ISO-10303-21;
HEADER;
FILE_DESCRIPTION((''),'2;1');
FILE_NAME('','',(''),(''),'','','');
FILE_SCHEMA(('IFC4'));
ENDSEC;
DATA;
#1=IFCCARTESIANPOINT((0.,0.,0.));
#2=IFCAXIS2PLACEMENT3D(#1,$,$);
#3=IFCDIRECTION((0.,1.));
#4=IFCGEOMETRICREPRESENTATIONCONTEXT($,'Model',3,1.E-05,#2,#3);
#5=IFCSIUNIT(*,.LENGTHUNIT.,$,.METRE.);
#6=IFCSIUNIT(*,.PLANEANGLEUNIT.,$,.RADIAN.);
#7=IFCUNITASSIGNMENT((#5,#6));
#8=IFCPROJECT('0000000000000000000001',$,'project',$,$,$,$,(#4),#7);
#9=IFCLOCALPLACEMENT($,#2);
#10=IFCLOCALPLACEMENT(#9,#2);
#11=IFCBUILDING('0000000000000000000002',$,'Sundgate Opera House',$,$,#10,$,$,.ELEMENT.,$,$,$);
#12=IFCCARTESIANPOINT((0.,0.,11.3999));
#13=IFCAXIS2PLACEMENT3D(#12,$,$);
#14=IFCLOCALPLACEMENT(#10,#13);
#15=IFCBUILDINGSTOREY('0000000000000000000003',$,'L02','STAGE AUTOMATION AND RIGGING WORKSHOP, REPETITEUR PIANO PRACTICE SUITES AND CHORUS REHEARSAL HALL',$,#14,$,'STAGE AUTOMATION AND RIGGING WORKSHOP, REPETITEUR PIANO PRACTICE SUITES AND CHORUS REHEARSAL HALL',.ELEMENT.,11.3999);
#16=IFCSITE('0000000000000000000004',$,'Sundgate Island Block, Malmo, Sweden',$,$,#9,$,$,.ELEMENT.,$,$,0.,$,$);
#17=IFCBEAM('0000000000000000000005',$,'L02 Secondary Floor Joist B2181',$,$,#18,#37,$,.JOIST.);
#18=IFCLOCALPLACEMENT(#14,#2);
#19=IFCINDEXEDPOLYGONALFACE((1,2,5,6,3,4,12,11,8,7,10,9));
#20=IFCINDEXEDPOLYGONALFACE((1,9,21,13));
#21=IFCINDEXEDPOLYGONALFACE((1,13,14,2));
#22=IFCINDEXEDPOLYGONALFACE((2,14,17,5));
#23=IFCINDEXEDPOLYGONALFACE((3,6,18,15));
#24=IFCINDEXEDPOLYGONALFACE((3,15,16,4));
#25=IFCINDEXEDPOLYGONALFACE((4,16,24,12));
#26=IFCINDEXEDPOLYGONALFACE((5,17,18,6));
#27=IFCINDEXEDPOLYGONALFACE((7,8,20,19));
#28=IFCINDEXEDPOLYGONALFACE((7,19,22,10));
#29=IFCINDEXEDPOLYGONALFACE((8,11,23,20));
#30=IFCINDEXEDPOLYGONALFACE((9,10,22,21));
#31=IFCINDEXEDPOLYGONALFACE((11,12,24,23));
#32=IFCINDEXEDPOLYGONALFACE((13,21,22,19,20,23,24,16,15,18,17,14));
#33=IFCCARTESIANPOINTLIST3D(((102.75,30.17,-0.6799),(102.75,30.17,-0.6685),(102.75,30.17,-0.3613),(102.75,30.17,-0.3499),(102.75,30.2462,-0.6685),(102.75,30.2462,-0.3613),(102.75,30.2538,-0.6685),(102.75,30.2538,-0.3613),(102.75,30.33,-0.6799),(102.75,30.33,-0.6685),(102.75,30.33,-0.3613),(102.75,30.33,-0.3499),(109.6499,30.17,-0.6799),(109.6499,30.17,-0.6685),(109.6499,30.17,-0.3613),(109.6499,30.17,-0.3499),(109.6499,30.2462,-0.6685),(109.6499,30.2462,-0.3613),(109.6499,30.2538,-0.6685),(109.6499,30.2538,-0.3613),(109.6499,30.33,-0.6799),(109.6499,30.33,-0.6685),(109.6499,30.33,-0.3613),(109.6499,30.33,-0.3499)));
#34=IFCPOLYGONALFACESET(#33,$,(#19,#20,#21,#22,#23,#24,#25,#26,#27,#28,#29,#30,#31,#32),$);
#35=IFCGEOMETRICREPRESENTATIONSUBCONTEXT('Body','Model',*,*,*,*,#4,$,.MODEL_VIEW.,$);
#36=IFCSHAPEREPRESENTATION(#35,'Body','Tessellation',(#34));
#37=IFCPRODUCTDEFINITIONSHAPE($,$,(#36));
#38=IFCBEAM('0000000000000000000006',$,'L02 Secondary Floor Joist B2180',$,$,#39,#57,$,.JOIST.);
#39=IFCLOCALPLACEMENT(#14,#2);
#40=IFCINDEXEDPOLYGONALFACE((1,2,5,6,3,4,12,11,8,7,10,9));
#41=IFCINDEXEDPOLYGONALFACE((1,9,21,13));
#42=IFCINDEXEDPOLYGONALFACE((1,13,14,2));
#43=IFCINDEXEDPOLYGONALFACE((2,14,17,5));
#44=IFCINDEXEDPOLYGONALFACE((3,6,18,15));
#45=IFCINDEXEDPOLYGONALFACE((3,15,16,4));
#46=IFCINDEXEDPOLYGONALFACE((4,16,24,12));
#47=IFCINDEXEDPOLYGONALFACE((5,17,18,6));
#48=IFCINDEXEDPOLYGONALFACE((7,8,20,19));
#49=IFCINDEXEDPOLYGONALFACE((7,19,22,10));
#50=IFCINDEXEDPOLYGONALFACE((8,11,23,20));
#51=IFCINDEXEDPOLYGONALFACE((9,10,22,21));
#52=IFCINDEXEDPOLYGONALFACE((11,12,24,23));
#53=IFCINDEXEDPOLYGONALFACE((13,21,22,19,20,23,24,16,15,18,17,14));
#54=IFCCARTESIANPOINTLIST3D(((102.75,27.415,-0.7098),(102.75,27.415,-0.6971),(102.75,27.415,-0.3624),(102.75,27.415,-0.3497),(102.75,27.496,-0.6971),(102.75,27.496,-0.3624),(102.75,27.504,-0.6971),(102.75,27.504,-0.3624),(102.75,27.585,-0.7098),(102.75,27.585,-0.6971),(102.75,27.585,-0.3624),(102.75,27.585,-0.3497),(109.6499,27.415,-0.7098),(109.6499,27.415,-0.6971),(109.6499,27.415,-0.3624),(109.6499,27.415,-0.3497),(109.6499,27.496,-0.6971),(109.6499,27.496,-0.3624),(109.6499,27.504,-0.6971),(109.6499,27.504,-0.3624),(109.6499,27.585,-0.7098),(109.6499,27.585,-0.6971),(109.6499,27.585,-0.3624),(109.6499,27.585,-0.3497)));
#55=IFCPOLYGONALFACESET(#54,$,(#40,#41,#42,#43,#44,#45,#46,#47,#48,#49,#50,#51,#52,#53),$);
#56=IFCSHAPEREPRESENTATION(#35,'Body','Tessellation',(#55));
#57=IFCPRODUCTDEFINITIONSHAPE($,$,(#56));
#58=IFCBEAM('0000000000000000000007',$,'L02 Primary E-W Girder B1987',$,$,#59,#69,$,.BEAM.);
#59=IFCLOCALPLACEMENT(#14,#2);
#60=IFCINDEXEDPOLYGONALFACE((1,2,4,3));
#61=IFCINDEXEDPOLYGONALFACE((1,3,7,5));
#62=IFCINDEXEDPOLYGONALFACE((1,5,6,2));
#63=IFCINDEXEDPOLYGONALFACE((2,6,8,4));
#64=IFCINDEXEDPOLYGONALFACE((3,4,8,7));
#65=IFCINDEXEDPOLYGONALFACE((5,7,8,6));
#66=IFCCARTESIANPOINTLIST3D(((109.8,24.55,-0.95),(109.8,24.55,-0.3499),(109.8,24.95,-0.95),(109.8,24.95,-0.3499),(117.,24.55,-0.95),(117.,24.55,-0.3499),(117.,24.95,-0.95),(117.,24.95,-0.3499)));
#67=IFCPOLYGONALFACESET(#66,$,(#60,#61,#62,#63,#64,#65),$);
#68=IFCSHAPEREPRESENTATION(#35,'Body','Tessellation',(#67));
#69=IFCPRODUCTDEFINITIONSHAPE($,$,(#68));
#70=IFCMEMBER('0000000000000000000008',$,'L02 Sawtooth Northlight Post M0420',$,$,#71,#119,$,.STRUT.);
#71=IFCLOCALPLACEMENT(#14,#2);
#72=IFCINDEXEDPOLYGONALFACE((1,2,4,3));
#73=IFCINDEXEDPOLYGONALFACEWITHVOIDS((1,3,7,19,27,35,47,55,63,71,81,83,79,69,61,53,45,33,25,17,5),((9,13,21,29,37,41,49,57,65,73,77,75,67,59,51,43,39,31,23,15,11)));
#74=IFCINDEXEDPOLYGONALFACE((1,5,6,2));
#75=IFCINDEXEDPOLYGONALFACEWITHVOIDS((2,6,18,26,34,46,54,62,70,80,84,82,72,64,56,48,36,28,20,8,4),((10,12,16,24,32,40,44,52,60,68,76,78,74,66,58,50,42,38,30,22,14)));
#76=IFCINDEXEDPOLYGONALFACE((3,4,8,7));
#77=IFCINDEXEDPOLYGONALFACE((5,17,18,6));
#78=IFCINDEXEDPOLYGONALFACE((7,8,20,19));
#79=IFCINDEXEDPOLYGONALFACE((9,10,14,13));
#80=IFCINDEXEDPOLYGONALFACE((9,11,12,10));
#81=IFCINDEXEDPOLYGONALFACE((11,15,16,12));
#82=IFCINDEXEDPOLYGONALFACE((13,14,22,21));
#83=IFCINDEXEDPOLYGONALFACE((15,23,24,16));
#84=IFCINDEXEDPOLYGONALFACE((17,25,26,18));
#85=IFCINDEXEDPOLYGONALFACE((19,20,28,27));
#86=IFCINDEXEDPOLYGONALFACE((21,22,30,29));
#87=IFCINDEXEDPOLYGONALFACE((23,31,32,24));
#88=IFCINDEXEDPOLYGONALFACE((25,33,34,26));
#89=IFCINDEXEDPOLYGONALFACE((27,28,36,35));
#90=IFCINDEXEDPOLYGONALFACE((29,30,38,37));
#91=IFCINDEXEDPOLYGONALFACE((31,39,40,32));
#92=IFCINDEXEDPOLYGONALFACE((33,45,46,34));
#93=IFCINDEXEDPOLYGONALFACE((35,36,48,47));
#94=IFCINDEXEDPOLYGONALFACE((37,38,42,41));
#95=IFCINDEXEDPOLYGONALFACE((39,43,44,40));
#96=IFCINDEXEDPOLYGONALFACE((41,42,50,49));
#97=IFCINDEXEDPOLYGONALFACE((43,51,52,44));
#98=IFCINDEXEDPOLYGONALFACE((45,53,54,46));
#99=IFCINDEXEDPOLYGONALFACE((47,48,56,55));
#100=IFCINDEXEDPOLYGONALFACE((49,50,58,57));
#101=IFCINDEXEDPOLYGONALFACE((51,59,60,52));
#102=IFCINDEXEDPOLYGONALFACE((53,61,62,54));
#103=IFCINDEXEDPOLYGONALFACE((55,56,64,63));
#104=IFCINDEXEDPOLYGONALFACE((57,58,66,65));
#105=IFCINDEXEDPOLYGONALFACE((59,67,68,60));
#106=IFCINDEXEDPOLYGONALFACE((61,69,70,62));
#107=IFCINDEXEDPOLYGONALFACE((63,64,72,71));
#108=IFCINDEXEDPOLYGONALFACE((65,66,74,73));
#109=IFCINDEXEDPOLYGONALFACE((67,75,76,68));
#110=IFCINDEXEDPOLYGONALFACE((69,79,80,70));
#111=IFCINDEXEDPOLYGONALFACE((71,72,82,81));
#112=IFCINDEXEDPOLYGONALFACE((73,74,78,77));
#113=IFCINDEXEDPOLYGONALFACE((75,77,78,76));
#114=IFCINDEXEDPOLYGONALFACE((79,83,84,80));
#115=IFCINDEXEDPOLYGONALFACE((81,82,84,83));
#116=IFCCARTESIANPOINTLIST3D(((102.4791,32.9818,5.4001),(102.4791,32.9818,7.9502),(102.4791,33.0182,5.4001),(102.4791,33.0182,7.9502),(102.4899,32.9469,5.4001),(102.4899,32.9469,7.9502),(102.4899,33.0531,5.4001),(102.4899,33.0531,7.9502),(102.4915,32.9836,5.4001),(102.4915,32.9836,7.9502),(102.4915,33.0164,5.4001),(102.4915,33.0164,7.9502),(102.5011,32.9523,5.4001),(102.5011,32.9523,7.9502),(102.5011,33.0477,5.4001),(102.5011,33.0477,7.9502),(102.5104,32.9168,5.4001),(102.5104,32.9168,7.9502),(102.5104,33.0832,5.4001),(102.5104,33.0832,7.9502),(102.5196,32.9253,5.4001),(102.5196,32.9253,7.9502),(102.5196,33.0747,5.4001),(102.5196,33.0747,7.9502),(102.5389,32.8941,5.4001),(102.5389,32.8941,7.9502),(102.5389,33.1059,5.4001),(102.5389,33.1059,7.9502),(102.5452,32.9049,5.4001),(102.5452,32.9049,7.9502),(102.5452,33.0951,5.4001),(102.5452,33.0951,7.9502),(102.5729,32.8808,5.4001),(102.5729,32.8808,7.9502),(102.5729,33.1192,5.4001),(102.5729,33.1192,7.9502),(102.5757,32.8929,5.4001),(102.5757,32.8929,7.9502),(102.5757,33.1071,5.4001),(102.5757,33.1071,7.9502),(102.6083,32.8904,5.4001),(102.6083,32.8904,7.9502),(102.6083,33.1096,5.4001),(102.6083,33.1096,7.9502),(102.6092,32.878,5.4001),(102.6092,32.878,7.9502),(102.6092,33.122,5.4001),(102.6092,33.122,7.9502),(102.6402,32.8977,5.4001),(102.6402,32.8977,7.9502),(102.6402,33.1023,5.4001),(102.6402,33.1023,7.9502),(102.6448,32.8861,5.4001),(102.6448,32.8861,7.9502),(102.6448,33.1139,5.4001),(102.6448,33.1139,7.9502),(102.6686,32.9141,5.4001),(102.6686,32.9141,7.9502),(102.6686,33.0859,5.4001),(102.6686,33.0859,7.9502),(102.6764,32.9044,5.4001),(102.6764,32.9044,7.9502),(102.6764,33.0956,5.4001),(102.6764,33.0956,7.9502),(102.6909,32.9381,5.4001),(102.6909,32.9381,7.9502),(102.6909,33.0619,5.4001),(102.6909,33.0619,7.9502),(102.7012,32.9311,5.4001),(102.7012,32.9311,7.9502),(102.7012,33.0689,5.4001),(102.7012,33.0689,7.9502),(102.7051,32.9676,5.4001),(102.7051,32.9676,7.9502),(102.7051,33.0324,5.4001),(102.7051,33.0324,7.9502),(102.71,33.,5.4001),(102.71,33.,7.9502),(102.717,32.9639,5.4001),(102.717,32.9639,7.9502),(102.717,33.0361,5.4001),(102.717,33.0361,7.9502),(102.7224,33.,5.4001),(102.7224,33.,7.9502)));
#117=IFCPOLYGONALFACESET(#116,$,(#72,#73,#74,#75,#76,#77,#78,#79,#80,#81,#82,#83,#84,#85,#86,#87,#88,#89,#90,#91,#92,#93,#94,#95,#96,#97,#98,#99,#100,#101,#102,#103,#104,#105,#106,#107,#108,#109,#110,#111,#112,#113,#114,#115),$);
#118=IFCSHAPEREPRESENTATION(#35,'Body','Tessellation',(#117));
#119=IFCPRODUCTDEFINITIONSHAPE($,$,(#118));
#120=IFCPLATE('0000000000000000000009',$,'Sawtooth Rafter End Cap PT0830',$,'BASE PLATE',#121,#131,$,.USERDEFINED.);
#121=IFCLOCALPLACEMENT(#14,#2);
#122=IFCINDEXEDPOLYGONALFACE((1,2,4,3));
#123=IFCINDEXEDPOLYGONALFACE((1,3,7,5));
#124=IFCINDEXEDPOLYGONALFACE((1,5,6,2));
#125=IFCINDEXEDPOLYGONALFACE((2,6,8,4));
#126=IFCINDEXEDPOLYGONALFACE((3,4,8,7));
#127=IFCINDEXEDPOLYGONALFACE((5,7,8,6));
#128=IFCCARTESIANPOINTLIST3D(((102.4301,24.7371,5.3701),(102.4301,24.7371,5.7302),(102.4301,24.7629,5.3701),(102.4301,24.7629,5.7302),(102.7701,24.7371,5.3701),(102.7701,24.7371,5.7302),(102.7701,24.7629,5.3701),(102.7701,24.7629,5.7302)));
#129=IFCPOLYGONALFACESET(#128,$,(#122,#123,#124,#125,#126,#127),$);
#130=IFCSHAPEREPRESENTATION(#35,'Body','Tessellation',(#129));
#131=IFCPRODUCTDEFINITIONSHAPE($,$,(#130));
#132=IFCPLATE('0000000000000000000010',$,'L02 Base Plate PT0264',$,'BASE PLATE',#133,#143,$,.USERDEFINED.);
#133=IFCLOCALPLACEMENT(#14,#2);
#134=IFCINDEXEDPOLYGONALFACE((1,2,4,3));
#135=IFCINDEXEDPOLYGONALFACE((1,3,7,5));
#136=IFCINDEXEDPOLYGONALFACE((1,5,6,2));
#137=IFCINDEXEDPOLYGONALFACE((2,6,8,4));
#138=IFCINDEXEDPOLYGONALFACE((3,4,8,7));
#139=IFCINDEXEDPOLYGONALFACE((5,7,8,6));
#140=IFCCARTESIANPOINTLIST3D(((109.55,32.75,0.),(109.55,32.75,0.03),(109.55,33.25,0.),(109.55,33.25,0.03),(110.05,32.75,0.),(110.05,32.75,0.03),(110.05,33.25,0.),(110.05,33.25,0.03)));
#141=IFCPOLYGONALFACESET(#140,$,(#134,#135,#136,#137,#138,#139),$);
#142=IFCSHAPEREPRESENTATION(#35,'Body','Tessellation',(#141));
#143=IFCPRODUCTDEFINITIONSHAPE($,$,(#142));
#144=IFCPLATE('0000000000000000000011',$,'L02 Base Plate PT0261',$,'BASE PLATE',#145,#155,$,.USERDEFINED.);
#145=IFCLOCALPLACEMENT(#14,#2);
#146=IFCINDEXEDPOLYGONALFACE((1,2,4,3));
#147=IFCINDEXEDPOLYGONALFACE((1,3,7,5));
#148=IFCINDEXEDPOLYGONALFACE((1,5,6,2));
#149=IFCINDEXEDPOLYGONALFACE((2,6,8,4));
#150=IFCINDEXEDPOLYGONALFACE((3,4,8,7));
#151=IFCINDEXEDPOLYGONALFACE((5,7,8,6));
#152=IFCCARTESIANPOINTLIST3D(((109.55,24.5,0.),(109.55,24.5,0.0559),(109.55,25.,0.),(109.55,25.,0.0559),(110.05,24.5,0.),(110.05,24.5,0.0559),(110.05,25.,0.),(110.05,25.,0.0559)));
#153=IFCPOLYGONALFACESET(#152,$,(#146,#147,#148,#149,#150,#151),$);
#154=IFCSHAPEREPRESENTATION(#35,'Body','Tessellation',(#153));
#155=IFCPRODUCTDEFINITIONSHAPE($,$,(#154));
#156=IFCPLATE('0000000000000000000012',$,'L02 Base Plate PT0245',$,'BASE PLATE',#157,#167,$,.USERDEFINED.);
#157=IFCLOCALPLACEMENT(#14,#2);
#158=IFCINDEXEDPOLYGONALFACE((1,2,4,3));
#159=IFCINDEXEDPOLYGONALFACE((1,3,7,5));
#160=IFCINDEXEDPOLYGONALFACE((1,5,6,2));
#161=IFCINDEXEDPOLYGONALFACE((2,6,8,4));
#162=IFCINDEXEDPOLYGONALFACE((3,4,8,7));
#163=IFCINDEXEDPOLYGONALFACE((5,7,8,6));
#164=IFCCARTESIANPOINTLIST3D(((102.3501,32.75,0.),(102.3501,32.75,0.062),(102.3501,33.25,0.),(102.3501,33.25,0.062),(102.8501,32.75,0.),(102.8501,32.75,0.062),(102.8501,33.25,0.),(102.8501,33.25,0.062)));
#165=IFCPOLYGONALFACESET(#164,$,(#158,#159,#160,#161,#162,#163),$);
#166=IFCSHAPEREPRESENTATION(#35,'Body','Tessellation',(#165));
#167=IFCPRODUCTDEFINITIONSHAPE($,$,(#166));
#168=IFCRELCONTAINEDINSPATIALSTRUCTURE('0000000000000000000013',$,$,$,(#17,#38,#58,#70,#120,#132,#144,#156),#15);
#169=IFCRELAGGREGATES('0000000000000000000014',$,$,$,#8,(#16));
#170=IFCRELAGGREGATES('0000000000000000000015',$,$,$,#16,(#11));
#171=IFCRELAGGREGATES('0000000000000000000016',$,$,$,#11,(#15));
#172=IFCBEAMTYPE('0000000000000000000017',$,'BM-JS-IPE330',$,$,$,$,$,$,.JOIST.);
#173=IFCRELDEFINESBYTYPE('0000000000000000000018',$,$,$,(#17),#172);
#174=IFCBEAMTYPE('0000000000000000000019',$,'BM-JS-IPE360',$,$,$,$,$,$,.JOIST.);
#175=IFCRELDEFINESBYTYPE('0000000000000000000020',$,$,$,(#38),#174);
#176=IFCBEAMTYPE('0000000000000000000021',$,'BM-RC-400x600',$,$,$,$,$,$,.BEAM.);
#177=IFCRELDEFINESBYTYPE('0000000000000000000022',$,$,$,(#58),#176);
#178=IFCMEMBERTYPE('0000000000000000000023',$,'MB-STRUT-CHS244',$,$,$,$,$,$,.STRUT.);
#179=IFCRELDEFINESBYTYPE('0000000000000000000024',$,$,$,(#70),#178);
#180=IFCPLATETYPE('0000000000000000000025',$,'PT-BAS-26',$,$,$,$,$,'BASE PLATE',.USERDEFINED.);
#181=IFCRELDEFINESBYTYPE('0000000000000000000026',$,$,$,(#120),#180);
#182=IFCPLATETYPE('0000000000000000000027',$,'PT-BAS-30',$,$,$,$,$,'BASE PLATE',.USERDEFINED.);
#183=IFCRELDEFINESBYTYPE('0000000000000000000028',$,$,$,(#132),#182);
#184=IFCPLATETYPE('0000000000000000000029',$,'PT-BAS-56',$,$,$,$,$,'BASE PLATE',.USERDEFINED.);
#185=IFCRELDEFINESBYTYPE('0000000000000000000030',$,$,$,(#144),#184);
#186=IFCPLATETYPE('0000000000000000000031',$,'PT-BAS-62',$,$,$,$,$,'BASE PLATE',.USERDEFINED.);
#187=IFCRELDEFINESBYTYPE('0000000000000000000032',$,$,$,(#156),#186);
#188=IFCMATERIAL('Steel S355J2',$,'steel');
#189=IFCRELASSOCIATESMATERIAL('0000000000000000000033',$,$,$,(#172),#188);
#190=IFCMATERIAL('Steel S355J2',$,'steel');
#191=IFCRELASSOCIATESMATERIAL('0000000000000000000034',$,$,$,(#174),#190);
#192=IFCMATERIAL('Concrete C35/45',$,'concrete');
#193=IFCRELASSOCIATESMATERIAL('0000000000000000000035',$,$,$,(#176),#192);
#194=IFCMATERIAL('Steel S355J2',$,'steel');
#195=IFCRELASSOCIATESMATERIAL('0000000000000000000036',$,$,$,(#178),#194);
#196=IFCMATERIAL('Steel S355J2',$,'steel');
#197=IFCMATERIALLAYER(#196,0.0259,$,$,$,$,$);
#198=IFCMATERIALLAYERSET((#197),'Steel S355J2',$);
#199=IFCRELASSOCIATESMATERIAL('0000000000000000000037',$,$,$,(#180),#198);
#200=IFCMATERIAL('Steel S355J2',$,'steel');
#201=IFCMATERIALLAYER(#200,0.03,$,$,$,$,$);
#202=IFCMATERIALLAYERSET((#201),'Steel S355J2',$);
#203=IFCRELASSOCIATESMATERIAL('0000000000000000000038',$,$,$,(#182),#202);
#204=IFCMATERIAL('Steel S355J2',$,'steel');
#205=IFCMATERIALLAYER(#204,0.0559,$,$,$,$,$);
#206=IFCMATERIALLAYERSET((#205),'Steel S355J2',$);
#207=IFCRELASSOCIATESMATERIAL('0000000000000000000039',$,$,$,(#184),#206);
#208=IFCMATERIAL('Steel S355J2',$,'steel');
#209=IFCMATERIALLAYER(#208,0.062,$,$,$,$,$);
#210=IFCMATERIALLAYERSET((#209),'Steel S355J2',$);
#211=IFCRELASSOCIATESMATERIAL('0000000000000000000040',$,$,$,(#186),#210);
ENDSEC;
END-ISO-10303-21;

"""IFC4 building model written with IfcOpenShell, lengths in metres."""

from ifc_helpers import new_model, si_unit, direction, frame, origin, origin_2d, place, context, subcontext, project, spatial, rectangle, hollow_circle, i_section, extrude, material, layer, layer_set, material_profile, profile_set, type_object, element, save


model = new_model("IFC4")

# Units and contexts
model_context = context("Model", 3, precision=1e-05, world=origin(), true_north=direction((0.0, 1.0)))
body_context = subcontext(model_context, "Body", "Model", "MODEL_VIEW")
ifc_project = project(units=[si_unit("LENGTHUNIT", "METRE"), si_unit("PLANEANGLEUNIT", "RADIAN")], contexts=[model_context])

# Site, building, storey
site_placement = place(None, origin())
site = spatial("IfcSite", under=ifc_project, at=site_placement, Name="Sundgate Island Block, Malmo, Sweden", CompositionType="ELEMENT", RefElevation=0.0)
building_placement = place(site_placement, origin())
building = spatial("IfcBuilding", under=site, at=building_placement, Name="Sundgate Opera House", CompositionType="ELEMENT")
storey_placement = place(building_placement, frame((0.0, 0.0, 11.3999)))
storey = spatial("IfcBuildingStorey", under=building, at=storey_placement, Name="L02", Description="STAGE AUTOMATION AND RIGGING WORKSHOP, REPETITEUR PIANO PRACTICE SUITES AND CHORUS REHEARSAL HALL", LongName="STAGE AUTOMATION AND RIGGING WORKSHOP, REPETITEUR PIANO PRACTICE SUITES AND CHORUS REHEARSAL HALL", CompositionType="ELEMENT", Elevation=11.3999)

# Beams
ifc_material_1 = material(Name="Steel S355J2", Category="steel")
ifc_material_profile_1 = material_profile(ifc_material_1, i_section(OverallWidth=0.1599, OverallDepth=0.3301, WebThickness=0.0076, FlangeThickness=0.0115, at=origin_2d()), Name="IPE 330")
ifc_profile_set_1 = profile_set([ifc_material_profile_1], Name="Steel S355J2")
beam_type_1 = type_object("IfcBeamType", Name="BM-JS-IPE330", PredefinedType="JOIST", material=ifc_profile_set_1)
beam_1_placement = place(storey_placement, frame((102.75, 30.25, -0.5149), z_axis=(1.0, 0.0, 0.0), x_axis=(0.0, 1.0, 0.0)))
element("IfcBeam", 1, at=beam_1_placement, inside=storey, type_object=beam_type_1, Name="L02 Secondary Floor Joist B2181", PredefinedType="JOIST", context=body_context, shape_type="SweptSolid", body=[
    extrude(i_section(OverallWidth=0.1599, OverallDepth=0.3301, WebThickness=0.0076, FlangeThickness=0.0115, at=origin_2d()), origin(), (0.0, 0.0, 1.0), 6.8999),
])
ifc_material_2 = material(Name="Steel S355J2", Category="steel")
ifc_material_profile_2 = material_profile(ifc_material_2, i_section(OverallWidth=0.1699, OverallDepth=0.3601, WebThickness=0.0081, FlangeThickness=0.0127, at=origin_2d()), Name="IPE 360")
ifc_profile_set_2 = profile_set([ifc_material_profile_2], Name="Steel S355J2")
beam_type_2 = type_object("IfcBeamType", Name="BM-JS-IPE360", PredefinedType="JOIST", material=ifc_profile_set_2)
beam_2_placement = place(storey_placement, frame((102.75, 27.5, -0.5298), z_axis=(1.0, 0.0, 0.0), x_axis=(0.0, 1.0, 0.0)))
element("IfcBeam", 2, at=beam_2_placement, inside=storey, type_object=beam_type_2, Name="L02 Secondary Floor Joist B2180", PredefinedType="JOIST", context=body_context, shape_type="SweptSolid", body=[
    extrude(i_section(OverallWidth=0.1699, OverallDepth=0.3601, WebThickness=0.0081, FlangeThickness=0.0127, at=origin_2d()), origin(), (0.0, 0.0, 1.0), 6.8999),
])
ifc_material_3 = material(Name="Concrete C35/45", Category="concrete")
ifc_material_profile_3 = material_profile(ifc_material_3, rectangle(XDim=0.3999, YDim=0.6001, at=origin_2d()), Name="RC 400x600")
ifc_profile_set_3 = profile_set([ifc_material_profile_3], Name="Concrete C35/45")
beam_type_3 = type_object("IfcBeamType", Name="BM-RC-400x600", PredefinedType="BEAM", material=ifc_profile_set_3)
beam_3_placement = place(storey_placement, frame((109.8, 24.75, -0.6499), z_axis=(1.0, 0.0, 0.0), x_axis=(0.0, 1.0, 0.0)))
element("IfcBeam", 3, at=beam_3_placement, inside=storey, type_object=beam_type_3, Name="L02 Primary E-W Girder B1987", PredefinedType="BEAM", context=body_context, shape_type="SweptSolid", body=[
    extrude(rectangle(XDim=0.3999, YDim=0.6001, at=origin_2d()), origin(), (0.0, 0.0, 1.0), 7.2),
])

# Member
ifc_material_4 = material(Name="Steel S355J2", Category="steel")
ifc_material_profile_4 = material_profile(ifc_material_4, hollow_circle(Radius=0.1223, WallThickness=0.0125, at=origin_2d()), Name="CHS 244.5x12.5")
ifc_profile_set_4 = profile_set([ifc_material_profile_4], Name="Steel S355J2")
member_type = type_object("IfcMemberType", Name="MB-STRUT-CHS244", PredefinedType="STRUT", material=ifc_profile_set_4)
member_placement = place(storey_placement, frame((102.6001, 33.0, 5.4001), z_axis=(0.0, 0.0, 1.0), x_axis=(1.0, 0.0, 0.0)))
element("IfcMember", 4, at=member_placement, inside=storey, type_object=member_type, Name="L02 Sawtooth Northlight Post M0420", PredefinedType="STRUT", context=body_context, shape_type="SweptSolid", body=[
    extrude(hollow_circle(Radius=0.1223, WallThickness=0.0125, at=origin_2d()), origin(), (0.0, 0.0, 1.0), 2.55),
])

# Plates
ifc_material_5 = material(Name="Steel S355J2", Category="steel")
ifc_layer_1 = layer(ifc_material_5, 0.0259)
ifc_layer_set_1 = layer_set([ifc_layer_1], Name="Steel S355J2")
plate_type_1 = type_object("IfcPlateType", Name="PT-BAS-26", ElementType="BASE PLATE", PredefinedType="USERDEFINED", material=ifc_layer_set_1)
plate_1_placement = place(storey_placement, frame((102.6001, 24.75, 5.3701), z_axis=(0.0, 0.0, 1.0), x_axis=(1.0, 0.0, 0.0)))
element("IfcPlate", 5, at=plate_1_placement, inside=storey, type_object=plate_type_1, Name="Sawtooth Rafter End Cap PT0830", ObjectType="BASE PLATE", PredefinedType="USERDEFINED", context=body_context, shape_type="SweptSolid", body=[
    extrude(rectangle(XDim=0.3401, YDim=0.0259, at=origin_2d()), origin(), (0.0, 0.0, 1.0), 0.3601),
])
ifc_material_6 = material(Name="Steel S355J2", Category="steel")
ifc_layer_2 = layer(ifc_material_6, 0.03)
ifc_layer_set_2 = layer_set([ifc_layer_2], Name="Steel S355J2")
plate_type_2 = type_object("IfcPlateType", Name="PT-BAS-30", ElementType="BASE PLATE", PredefinedType="USERDEFINED", material=ifc_layer_set_2)
plate_2_placement = place(storey_placement, frame((109.8, 33.0, 0.0), z_axis=(0.0, 0.0, 1.0), x_axis=(1.0, 0.0, 0.0)))
element("IfcPlate", 6, at=plate_2_placement, inside=storey, type_object=plate_type_2, Name="L02 Base Plate PT0264", ObjectType="BASE PLATE", PredefinedType="USERDEFINED", context=body_context, shape_type="SweptSolid", body=[
    extrude(rectangle(XDim=0.5, YDim=0.5, at=origin_2d()), origin(), (0.0, 0.0, 1.0), 0.03),
])
ifc_material_7 = material(Name="Steel S355J2", Category="steel")
ifc_layer_3 = layer(ifc_material_7, 0.0559)
ifc_layer_set_3 = layer_set([ifc_layer_3], Name="Steel S355J2")
plate_type_3 = type_object("IfcPlateType", Name="PT-BAS-56", ElementType="BASE PLATE", PredefinedType="USERDEFINED", material=ifc_layer_set_3)
plate_3_placement = place(storey_placement, frame((109.8, 24.75, 0.0), z_axis=(0.0, 0.0, 1.0), x_axis=(1.0, 0.0, 0.0)))
element("IfcPlate", 7, at=plate_3_placement, inside=storey, type_object=plate_type_3, Name="L02 Base Plate PT0261", ObjectType="BASE PLATE", PredefinedType="USERDEFINED", context=body_context, shape_type="SweptSolid", body=[
    extrude(rectangle(XDim=0.5, YDim=0.5, at=origin_2d()), origin(), (0.0, 0.0, 1.0), 0.0559),
])
ifc_material_8 = material(Name="Steel S355J2", Category="steel")
ifc_layer_4 = layer(ifc_material_8, 0.062)
ifc_layer_set_4 = layer_set([ifc_layer_4], Name="Steel S355J2")
plate_type_4 = type_object("IfcPlateType", Name="PT-BAS-62", ElementType="BASE PLATE", PredefinedType="USERDEFINED", material=ifc_layer_set_4)
plate_4_placement = place(storey_placement, frame((102.6001, 33.0, 0.0), z_axis=(0.0, 0.0, 1.0), x_axis=(1.0, 0.0, 0.0)))
element("IfcPlate", 8, at=plate_4_placement, inside=storey, type_object=plate_type_4, Name="L02 Base Plate PT0245", ObjectType="BASE PLATE", PredefinedType="USERDEFINED", context=body_context, shape_type="SweptSolid", body=[
    extrude(rectangle(XDim=0.5, YDim=0.5, at=origin_2d()), origin(), (0.0, 0.0, 1.0), 0.062),
])

save(model, "model.ifc")
